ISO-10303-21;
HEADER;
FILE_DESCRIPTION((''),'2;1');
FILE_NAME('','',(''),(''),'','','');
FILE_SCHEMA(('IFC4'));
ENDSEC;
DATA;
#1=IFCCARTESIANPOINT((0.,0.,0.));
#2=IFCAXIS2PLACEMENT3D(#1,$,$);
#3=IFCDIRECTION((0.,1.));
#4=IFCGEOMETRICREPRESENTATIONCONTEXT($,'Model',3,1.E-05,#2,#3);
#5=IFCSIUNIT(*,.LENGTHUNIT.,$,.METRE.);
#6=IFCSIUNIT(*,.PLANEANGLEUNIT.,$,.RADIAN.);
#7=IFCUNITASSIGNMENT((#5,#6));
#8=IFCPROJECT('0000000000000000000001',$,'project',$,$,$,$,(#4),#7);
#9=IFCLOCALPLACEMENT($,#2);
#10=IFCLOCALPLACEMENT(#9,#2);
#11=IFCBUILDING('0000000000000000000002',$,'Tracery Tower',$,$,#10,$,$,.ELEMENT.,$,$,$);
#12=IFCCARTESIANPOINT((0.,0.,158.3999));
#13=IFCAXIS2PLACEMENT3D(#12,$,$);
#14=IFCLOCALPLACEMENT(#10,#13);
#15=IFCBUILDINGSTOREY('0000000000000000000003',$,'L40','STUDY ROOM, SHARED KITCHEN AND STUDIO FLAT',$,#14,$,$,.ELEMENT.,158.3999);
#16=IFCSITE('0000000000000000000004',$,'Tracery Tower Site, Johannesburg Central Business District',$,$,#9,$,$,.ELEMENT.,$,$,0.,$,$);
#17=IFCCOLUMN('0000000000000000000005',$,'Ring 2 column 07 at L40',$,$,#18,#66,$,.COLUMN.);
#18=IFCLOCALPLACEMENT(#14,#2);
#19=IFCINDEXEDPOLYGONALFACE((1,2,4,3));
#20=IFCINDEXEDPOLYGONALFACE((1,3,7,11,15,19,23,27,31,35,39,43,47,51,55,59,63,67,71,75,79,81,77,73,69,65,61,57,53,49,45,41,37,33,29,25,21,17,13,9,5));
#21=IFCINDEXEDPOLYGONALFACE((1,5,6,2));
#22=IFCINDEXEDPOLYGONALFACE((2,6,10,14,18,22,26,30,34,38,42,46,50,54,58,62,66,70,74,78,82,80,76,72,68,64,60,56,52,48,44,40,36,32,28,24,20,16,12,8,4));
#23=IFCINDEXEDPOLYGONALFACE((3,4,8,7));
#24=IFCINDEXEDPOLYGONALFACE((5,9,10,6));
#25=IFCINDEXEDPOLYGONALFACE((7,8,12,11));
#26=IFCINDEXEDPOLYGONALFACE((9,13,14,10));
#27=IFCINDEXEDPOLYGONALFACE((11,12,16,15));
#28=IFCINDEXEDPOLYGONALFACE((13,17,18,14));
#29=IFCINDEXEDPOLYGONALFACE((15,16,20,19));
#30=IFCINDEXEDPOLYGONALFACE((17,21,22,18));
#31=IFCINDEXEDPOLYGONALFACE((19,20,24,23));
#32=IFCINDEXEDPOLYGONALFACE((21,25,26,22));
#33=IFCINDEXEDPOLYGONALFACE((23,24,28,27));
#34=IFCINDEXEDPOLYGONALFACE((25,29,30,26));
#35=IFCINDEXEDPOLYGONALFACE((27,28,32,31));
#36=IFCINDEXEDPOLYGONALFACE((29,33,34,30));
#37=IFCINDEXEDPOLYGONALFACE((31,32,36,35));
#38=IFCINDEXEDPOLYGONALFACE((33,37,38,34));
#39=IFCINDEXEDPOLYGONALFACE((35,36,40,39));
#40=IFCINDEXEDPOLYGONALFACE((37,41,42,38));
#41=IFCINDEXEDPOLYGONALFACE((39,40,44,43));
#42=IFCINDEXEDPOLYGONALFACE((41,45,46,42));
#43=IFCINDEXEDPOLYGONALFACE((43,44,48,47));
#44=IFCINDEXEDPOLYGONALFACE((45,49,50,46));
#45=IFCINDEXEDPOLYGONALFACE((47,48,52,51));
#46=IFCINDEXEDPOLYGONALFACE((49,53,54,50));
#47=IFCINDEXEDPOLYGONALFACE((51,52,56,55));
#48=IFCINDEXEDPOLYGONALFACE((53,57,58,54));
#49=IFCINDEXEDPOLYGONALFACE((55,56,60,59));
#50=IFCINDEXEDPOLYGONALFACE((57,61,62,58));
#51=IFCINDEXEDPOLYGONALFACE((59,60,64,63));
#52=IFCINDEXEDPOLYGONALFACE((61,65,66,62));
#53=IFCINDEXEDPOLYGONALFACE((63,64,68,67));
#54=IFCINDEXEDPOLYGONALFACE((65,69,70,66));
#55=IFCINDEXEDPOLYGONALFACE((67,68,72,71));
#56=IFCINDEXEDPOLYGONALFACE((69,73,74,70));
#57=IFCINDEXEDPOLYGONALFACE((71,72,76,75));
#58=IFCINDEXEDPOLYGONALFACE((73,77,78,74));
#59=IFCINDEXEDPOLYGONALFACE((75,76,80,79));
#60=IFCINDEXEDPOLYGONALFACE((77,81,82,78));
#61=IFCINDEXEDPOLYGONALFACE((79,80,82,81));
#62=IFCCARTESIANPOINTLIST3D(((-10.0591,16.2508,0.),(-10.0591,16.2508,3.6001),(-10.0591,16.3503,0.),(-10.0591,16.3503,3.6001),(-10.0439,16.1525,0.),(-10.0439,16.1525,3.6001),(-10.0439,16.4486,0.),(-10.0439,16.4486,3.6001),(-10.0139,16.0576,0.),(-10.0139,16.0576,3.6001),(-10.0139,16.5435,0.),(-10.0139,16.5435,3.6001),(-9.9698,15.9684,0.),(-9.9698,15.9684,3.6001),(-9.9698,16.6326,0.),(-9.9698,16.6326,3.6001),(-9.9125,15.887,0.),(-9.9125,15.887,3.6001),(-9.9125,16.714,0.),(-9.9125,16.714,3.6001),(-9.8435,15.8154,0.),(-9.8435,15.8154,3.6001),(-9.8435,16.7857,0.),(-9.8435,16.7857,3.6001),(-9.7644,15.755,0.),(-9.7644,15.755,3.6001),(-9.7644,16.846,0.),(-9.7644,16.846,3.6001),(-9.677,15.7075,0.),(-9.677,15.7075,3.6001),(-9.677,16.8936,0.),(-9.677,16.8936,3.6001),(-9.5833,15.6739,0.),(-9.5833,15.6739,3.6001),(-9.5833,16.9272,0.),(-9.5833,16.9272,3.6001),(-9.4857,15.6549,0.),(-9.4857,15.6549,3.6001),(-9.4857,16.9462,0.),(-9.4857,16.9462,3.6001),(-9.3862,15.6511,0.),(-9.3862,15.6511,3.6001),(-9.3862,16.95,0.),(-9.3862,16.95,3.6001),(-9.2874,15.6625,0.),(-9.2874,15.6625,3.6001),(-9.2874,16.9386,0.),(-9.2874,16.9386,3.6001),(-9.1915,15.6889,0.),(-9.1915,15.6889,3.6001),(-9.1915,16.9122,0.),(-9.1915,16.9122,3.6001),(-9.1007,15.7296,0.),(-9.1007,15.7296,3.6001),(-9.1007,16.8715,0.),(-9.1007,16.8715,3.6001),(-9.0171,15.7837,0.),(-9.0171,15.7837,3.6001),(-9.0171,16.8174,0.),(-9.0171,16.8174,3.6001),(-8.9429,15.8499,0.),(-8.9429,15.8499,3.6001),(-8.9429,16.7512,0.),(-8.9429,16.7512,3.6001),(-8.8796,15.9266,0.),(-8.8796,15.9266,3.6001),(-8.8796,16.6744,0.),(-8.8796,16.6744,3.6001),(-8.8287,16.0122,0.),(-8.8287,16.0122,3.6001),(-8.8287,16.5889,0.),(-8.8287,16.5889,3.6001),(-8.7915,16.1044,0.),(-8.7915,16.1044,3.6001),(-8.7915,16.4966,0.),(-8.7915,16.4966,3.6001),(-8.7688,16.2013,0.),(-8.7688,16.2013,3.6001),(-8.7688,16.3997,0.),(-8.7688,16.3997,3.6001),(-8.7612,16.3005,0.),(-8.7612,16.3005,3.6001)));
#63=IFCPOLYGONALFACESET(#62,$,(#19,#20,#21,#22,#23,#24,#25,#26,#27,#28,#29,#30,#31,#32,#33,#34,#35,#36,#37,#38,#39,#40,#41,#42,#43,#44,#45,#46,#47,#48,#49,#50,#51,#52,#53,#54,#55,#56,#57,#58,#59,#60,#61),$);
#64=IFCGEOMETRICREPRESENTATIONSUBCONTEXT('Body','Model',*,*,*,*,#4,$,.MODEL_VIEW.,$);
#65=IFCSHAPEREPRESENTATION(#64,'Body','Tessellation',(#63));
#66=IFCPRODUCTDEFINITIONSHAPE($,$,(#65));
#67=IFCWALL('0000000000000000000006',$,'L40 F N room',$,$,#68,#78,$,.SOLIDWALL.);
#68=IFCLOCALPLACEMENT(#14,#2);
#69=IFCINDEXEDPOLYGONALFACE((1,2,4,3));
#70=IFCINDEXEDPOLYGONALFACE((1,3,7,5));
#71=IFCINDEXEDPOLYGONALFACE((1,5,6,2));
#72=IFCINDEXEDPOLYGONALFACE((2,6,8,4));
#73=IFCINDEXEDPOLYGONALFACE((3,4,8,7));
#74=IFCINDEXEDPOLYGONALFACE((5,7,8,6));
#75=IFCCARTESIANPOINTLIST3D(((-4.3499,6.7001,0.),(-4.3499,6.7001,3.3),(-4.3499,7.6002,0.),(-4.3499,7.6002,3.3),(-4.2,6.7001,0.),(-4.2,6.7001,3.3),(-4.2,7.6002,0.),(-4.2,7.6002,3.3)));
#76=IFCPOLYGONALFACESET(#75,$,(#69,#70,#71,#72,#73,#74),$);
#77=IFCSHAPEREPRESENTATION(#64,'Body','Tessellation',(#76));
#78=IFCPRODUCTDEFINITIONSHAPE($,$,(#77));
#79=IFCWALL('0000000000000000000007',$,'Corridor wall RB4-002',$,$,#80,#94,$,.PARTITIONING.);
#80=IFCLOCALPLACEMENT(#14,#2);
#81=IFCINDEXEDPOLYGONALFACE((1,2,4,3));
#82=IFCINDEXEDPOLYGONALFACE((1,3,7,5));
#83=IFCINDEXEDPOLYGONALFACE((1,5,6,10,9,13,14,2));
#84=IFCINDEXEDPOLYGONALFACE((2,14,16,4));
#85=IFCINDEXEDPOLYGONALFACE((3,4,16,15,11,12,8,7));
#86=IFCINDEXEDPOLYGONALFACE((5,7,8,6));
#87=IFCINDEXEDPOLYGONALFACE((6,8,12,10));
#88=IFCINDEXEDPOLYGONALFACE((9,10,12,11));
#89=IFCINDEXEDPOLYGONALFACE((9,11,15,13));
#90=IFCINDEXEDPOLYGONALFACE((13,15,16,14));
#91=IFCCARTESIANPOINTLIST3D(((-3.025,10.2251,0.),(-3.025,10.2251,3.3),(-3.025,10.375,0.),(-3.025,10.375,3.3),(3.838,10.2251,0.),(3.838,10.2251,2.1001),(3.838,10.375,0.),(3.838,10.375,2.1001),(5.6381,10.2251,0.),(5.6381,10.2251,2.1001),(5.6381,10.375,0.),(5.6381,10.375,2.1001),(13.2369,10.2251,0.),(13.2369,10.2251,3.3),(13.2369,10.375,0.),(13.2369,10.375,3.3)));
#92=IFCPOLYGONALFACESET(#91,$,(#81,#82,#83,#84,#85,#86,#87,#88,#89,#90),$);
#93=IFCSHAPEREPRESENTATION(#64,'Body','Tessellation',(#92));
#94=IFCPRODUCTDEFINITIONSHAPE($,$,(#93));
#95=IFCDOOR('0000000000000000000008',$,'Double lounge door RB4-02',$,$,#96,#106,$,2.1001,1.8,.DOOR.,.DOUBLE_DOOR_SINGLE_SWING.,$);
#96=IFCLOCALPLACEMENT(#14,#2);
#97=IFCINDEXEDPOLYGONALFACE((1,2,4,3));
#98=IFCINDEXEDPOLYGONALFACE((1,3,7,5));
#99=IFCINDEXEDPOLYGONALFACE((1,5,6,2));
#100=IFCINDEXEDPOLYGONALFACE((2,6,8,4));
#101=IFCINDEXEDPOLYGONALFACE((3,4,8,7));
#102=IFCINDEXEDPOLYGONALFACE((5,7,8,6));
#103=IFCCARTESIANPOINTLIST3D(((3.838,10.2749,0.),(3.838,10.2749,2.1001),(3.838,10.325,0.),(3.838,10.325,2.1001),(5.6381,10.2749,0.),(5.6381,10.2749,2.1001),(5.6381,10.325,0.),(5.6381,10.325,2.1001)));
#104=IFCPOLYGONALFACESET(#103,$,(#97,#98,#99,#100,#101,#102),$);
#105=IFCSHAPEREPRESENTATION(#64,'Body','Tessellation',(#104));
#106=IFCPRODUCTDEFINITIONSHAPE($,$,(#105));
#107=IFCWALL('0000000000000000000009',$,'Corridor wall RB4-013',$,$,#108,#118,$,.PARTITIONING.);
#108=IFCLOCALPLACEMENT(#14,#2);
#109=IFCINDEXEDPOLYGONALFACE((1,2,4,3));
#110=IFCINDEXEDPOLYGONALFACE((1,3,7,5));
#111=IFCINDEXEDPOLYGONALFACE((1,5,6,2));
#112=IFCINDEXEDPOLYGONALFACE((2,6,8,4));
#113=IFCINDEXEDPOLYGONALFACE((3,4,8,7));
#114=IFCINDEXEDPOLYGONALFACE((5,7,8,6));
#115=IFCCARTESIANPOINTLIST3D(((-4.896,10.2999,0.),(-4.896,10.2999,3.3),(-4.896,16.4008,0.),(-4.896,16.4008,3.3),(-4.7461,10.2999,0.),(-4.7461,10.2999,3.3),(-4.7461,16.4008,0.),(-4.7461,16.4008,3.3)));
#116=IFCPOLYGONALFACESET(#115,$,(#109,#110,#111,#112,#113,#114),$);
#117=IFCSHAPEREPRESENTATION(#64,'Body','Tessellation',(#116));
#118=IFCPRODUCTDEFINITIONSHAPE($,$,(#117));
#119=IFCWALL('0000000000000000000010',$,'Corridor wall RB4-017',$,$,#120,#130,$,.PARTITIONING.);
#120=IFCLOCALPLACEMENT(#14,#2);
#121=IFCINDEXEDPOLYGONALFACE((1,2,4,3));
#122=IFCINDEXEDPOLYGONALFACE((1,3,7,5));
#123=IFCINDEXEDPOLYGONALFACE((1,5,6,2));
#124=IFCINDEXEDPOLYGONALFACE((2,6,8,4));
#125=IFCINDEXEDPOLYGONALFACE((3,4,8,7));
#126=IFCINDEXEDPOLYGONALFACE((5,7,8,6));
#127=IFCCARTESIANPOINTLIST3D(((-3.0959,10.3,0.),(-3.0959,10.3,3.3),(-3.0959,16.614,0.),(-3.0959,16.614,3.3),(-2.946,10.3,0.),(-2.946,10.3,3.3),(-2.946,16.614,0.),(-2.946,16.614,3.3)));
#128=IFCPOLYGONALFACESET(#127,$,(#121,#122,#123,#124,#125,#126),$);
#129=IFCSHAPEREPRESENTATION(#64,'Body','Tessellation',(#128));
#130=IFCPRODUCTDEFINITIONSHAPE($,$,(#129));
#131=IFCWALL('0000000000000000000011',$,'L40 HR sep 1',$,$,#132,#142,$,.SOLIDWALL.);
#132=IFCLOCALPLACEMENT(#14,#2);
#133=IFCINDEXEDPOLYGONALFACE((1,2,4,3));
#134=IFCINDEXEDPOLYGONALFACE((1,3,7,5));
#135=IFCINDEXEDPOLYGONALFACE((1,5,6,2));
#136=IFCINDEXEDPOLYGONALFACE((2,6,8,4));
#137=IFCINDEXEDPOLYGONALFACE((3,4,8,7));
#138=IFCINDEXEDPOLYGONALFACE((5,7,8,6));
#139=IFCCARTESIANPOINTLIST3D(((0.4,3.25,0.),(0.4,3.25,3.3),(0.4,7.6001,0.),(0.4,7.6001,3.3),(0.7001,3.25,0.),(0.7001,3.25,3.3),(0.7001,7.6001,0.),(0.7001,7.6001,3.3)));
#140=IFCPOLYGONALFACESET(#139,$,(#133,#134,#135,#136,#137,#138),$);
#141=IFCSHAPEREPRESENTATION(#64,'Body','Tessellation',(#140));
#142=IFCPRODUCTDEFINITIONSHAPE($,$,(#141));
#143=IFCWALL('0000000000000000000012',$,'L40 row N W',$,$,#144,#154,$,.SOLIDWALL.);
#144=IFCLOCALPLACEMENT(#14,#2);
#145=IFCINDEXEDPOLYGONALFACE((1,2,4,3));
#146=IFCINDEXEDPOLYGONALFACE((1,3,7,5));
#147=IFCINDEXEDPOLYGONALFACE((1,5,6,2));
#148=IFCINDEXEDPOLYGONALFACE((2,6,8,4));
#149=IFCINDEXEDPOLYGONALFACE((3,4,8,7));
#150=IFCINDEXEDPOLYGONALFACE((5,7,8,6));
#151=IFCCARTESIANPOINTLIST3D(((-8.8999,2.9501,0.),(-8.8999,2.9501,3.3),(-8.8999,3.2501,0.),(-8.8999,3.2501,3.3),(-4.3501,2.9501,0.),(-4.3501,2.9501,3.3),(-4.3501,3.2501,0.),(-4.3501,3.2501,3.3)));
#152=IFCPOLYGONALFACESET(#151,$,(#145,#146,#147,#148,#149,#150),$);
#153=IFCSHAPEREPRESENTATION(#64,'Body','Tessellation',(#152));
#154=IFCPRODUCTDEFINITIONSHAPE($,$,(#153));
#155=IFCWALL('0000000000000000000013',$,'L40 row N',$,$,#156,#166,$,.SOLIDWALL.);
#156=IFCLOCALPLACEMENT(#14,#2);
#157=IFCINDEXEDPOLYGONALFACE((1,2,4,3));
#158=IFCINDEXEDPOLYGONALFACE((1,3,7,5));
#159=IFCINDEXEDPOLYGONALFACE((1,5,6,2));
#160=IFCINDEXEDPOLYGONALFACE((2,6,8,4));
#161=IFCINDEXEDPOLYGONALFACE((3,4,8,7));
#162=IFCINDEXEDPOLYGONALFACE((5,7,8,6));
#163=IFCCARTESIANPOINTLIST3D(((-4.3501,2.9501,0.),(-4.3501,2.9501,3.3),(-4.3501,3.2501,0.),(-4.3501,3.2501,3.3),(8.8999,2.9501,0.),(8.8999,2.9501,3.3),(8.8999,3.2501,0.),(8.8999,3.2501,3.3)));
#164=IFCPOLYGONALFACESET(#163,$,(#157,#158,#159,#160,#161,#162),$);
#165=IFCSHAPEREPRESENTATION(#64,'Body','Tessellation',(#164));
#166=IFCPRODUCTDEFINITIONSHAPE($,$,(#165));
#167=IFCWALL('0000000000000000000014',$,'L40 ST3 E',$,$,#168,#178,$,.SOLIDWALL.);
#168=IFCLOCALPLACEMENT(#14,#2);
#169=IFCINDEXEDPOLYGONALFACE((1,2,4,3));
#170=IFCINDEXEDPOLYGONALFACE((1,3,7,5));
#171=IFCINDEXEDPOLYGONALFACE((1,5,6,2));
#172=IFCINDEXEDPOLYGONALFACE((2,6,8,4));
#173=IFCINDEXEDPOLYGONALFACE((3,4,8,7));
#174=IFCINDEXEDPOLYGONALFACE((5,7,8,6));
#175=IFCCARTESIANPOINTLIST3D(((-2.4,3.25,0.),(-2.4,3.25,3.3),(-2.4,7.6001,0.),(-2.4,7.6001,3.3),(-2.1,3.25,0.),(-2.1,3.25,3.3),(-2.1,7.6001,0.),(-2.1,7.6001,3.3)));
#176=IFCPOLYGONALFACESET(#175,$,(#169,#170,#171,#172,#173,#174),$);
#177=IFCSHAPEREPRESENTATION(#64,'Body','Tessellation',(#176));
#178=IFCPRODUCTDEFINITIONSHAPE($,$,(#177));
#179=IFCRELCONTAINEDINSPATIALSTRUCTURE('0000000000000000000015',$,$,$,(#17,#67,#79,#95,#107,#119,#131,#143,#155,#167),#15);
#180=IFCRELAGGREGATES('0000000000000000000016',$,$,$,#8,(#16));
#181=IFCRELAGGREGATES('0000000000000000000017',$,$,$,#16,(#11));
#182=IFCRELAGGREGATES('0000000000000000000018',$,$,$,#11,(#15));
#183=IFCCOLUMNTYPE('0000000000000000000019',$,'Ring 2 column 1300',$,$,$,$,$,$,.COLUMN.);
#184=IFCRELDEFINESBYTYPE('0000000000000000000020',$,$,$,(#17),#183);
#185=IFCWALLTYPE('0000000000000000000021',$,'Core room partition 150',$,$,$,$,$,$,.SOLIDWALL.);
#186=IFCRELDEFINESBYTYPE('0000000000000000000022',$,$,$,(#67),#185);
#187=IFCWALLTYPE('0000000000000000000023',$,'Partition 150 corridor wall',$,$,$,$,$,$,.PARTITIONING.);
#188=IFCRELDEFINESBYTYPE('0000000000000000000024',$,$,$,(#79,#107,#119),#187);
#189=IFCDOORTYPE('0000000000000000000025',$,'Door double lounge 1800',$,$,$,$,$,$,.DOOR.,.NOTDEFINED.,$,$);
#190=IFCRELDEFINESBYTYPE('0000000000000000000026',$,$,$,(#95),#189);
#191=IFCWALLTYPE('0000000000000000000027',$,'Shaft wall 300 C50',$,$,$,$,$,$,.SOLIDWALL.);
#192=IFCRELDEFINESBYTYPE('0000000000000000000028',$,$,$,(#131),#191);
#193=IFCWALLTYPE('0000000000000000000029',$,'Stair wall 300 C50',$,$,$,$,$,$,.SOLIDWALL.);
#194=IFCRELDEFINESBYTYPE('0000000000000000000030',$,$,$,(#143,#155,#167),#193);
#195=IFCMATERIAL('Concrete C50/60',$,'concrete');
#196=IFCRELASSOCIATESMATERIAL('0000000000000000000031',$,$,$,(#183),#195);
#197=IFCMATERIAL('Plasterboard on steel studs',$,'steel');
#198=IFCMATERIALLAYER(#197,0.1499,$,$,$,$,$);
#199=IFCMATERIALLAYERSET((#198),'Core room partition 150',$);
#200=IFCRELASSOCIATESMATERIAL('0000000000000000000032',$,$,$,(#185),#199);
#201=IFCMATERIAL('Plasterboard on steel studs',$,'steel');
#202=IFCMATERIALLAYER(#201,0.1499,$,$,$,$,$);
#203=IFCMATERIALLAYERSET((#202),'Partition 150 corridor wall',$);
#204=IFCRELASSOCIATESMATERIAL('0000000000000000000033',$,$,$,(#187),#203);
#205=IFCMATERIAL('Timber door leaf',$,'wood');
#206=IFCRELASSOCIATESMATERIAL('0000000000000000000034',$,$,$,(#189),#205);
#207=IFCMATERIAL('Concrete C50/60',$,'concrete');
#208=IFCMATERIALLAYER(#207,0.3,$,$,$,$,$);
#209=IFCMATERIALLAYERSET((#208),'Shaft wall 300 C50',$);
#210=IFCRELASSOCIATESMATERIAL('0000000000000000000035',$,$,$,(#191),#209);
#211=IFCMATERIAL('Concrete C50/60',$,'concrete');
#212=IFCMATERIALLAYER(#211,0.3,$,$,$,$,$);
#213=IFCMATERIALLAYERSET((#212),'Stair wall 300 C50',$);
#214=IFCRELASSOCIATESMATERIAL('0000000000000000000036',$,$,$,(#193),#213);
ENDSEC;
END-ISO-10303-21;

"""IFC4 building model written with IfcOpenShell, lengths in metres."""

from ifc_helpers import new_model, si_unit, direction, frame, frame_2d, origin, origin_2d, place, context, subcontext, project, spatial, rectangle, circle, extrude, material, layer, layer_set, material_profile, profile_set, type_object, element, fill, save


model = new_model("IFC4")

# Units and contexts
model_context = context("Model", 3, precision=1e-05, world=origin(), true_north=direction((0.0, 1.0)))
body_context = subcontext(model_context, "Body", "Model", "MODEL_VIEW")
ifc_project = project(units=[si_unit("LENGTHUNIT", "METRE"), si_unit("PLANEANGLEUNIT", "RADIAN")], contexts=[model_context])

# Site, building, storey
site_placement = place(None, origin())
site = spatial("IfcSite", under=ifc_project, at=site_placement, Name="Tracery Tower Site, Johannesburg Central Business District", CompositionType="ELEMENT", RefElevation=0.0)
building_placement = place(site_placement, origin())
building = spatial("IfcBuilding", under=site, at=building_placement, Name="Tracery Tower", CompositionType="ELEMENT")
storey_placement = place(building_placement, frame((0.0, 0.0, 158.3999)))
storey = spatial("IfcBuildingStorey", under=building, at=storey_placement, Name="L40", Description="STUDY ROOM, SHARED KITCHEN AND STUDIO FLAT", CompositionType="ELEMENT", Elevation=158.3999)

# Column
ifc_material_1 = material(Name="Concrete C50/60", Category="concrete")
ifc_material_profile = material_profile(ifc_material_1, circle(Radius=0.6499, at=origin_2d()), Name="RC D1300")
ifc_profile_set = profile_set([ifc_material_profile], Name="Concrete C50/60")
column_type = type_object("IfcColumnType", Name="Ring 2 column 1300", PredefinedType="COLUMN", material=ifc_profile_set)
column_placement = place(storey_placement, frame((-9.4111, 16.3005, 0.0), z_axis=(0.0, 0.0, 1.0), x_axis=(1.0, 0.0, 0.0)))
element("IfcColumn", 1, at=column_placement, inside=storey, type_object=column_type, Name="Ring 2 column 07 at L40", PredefinedType="COLUMN", context=body_context, shape_type="SweptSolid", body=[
    extrude(circle(Radius=0.6499, at=origin_2d()), origin(), (0.0, 0.0, 1.0), 3.6001),
])

# Wall
ifc_material_2 = material(Name="Plasterboard on steel studs", Category="steel")
ifc_layer_1 = layer(ifc_material_2, 0.1499)
ifc_layer_set_1 = layer_set([ifc_layer_1], Name="Core room partition 150")
wall_type_1 = type_object("IfcWallType", Name="Core room partition 150", PredefinedType="SOLIDWALL", material=ifc_layer_set_1)
wall_1_placement = place(storey_placement, frame((-4.2749, 6.7, 0.0), z_axis=(0.0, 0.0, 1.0), x_axis=(0.0, 1.0, 0.0)))
element("IfcWall", 2, at=wall_1_placement, inside=storey, type_object=wall_type_1, Name="L40 F N room", PredefinedType="SOLIDWALL", context=body_context, shape_type="SweptSolid", body=[
    extrude(rectangle(XDim=0.9001, YDim=0.1499, at=frame_2d((0.4502, 0.0))), origin(), (0.0, 0.0, 1.0), 3.3),
])

# Wall, opening, door
ifc_material_3 = material(Name="Plasterboard on steel studs", Category="steel")
ifc_layer_2 = layer(ifc_material_3, 0.1499)
ifc_layer_set_2 = layer_set([ifc_layer_2], Name="Partition 150 corridor wall")
wall_type_2 = type_object("IfcWallType", Name="Partition 150 corridor wall", PredefinedType="PARTITIONING", material=ifc_layer_set_2)
wall_2_placement = place(storey_placement, frame((-3.0249, 10.3, 0.0), z_axis=(0.0, 0.0, 1.0), x_axis=(1.0, 0.0, 0.0)))
wall_2 = element("IfcWall", 3, at=wall_2_placement, inside=storey, type_object=wall_type_2, Name="Corridor wall RB4-002", PredefinedType="PARTITIONING", context=body_context, shape_type="SweptSolid", body=[
    extrude(rectangle(XDim=16.262, YDim=0.1499, at=frame_2d((8.1309, 0.0))), origin(), (0.0, 0.0, 1.0), 3.3),
])
opening_1_placement = place(wall_2_placement, frame((6.863, 0.0, 0.0)))
opening_1 = element("IfcOpeningElement", 4, at=opening_1_placement, cuts=wall_2, PredefinedType="OPENING", context=body_context, shape_type="SweptSolid", body=[
    extrude(rectangle(XDim=1.8, YDim=2.1001, at=frame_2d((0.8999, 1.05))), frame((0.0, 0.075, 0.0), z_axis=(0.0, -1.0, 0.0), x_axis=(1.0, 0.0, 0.0)), (0.0, 0.0, 1.0), 0.1499),
])
ifc_material_4 = material(Name="Timber door leaf", Category="wood")
door_type_1 = type_object("IfcDoorType", Name="Door double lounge 1800", OperationType="NOTDEFINED", PredefinedType="DOOR", material=ifc_material_4)
door_1_placement = place(opening_1_placement, origin())
door_1 = element("IfcDoor", 5, at=door_1_placement, inside=storey, type_object=door_type_1, Name="Double lounge door RB4-02", OperationType="DOUBLE_DOOR_SINGLE_SWING", OverallHeight=2.1001, OverallWidth=1.8, PredefinedType="DOOR", context=body_context, shape_type="SweptSolid", body=[
    extrude(rectangle(XDim=1.8, YDim=2.1001, at=frame_2d((0.8999, 1.05))), frame((0.0, 0.0249, 0.0), z_axis=(0.0, -1.0, 0.0), x_axis=(1.0, 0.0, 0.0)), (0.0, 0.0, 1.0), 0.05),
])
fill(opening_1, door_1)

# Walls
wall_3_placement = place(storey_placement, frame((-4.821, 10.3, 0.0), z_axis=(0.0, 0.0, 1.0), x_axis=(0.0, 1.0, 0.0)))
element("IfcWall", 6, at=wall_3_placement, inside=storey, type_object=wall_type_2, Name="Corridor wall RB4-013", PredefinedType="PARTITIONING", context=body_context, shape_type="SweptSolid", body=[
    extrude(rectangle(XDim=6.1008, YDim=0.1499, at=frame_2d((3.0503, 0.0))), origin(), (0.0, 0.0, 1.0), 3.3),
])
wall_4_placement = place(storey_placement, frame((-3.021, 10.3, 0.0), z_axis=(0.0, 0.0, 1.0), x_axis=(0.0, 1.0, 0.0)))
element("IfcWall", 7, at=wall_4_placement, inside=storey, type_object=wall_type_2, Name="Corridor wall RB4-017", PredefinedType="PARTITIONING", context=body_context, shape_type="SweptSolid", body=[
    extrude(rectangle(XDim=6.314, YDim=0.1499, at=frame_2d((3.157, 0.0))), origin(), (0.0, 0.0, 1.0), 3.3),
])
ifc_material_5 = material(Name="Concrete C50/60", Category="concrete")
ifc_layer_3 = layer(ifc_material_5, 0.3)
ifc_layer_set_3 = layer_set([ifc_layer_3], Name="Shaft wall 300 C50")
wall_type_3 = type_object("IfcWallType", Name="Shaft wall 300 C50", PredefinedType="SOLIDWALL", material=ifc_layer_set_3)
wall_5_placement = place(storey_placement, frame((0.55, 3.25, 0.0), z_axis=(0.0, 0.0, 1.0), x_axis=(0.0, 1.0, 0.0)))
element("IfcWall", 8, at=wall_5_placement, inside=storey, type_object=wall_type_3, Name="L40 HR sep 1", PredefinedType="SOLIDWALL", context=body_context, shape_type="SweptSolid", body=[
    extrude(rectangle(XDim=4.3501, YDim=0.3, at=frame_2d((2.175, 0.0))), origin(), (0.0, 0.0, 1.0), 3.3),
])

# Walls
ifc_material_6 = material(Name="Concrete C50/60", Category="concrete")
ifc_layer_4 = layer(ifc_material_6, 0.3)
ifc_layer_set_4 = layer_set([ifc_layer_4], Name="Stair wall 300 C50")
wall_type_4 = type_object("IfcWallType", Name="Stair wall 300 C50", PredefinedType="SOLIDWALL", material=ifc_layer_set_4)
wall_6_placement = place(storey_placement, frame((-8.8999, 3.1001, 0.0), z_axis=(0.0, 0.0, 1.0), x_axis=(1.0, 0.0, 0.0)))
element("IfcWall", 9, at=wall_6_placement, inside=storey, type_object=wall_type_4, Name="L40 row N W", PredefinedType="SOLIDWALL", context=body_context, shape_type="SweptSolid", body=[
    extrude(rectangle(XDim=4.5498, YDim=0.3, at=frame_2d((2.2749, 0.0))), origin(), (0.0, 0.0, 1.0), 3.3),
])
wall_7_placement = place(storey_placement, frame((-4.3501, 3.1001, 0.0), z_axis=(0.0, 0.0, 1.0), x_axis=(1.0, 0.0, 0.0)))
element("IfcWall", 10, at=wall_7_placement, inside=storey, type_object=wall_type_4, Name="L40 row N", PredefinedType="SOLIDWALL", context=body_context, shape_type="SweptSolid", body=[
    extrude(rectangle(XDim=13.25, YDim=0.3, at=frame_2d((6.625, 0.0))), origin(), (0.0, 0.0, 1.0), 3.3),
])
wall_8_placement = place(storey_placement, frame((-2.25, 3.25, 0.0), z_axis=(0.0, 0.0, 1.0), x_axis=(0.0, 1.0, 0.0)))
element("IfcWall", 11, at=wall_8_placement, inside=storey, type_object=wall_type_4, Name="L40 ST3 E", PredefinedType="SOLIDWALL", context=body_context, shape_type="SweptSolid", body=[
    extrude(rectangle(XDim=4.3501, YDim=0.3, at=frame_2d((2.175, 0.0))), origin(), (0.0, 0.0, 1.0), 3.3),
])

save(model, "model.ifc")
